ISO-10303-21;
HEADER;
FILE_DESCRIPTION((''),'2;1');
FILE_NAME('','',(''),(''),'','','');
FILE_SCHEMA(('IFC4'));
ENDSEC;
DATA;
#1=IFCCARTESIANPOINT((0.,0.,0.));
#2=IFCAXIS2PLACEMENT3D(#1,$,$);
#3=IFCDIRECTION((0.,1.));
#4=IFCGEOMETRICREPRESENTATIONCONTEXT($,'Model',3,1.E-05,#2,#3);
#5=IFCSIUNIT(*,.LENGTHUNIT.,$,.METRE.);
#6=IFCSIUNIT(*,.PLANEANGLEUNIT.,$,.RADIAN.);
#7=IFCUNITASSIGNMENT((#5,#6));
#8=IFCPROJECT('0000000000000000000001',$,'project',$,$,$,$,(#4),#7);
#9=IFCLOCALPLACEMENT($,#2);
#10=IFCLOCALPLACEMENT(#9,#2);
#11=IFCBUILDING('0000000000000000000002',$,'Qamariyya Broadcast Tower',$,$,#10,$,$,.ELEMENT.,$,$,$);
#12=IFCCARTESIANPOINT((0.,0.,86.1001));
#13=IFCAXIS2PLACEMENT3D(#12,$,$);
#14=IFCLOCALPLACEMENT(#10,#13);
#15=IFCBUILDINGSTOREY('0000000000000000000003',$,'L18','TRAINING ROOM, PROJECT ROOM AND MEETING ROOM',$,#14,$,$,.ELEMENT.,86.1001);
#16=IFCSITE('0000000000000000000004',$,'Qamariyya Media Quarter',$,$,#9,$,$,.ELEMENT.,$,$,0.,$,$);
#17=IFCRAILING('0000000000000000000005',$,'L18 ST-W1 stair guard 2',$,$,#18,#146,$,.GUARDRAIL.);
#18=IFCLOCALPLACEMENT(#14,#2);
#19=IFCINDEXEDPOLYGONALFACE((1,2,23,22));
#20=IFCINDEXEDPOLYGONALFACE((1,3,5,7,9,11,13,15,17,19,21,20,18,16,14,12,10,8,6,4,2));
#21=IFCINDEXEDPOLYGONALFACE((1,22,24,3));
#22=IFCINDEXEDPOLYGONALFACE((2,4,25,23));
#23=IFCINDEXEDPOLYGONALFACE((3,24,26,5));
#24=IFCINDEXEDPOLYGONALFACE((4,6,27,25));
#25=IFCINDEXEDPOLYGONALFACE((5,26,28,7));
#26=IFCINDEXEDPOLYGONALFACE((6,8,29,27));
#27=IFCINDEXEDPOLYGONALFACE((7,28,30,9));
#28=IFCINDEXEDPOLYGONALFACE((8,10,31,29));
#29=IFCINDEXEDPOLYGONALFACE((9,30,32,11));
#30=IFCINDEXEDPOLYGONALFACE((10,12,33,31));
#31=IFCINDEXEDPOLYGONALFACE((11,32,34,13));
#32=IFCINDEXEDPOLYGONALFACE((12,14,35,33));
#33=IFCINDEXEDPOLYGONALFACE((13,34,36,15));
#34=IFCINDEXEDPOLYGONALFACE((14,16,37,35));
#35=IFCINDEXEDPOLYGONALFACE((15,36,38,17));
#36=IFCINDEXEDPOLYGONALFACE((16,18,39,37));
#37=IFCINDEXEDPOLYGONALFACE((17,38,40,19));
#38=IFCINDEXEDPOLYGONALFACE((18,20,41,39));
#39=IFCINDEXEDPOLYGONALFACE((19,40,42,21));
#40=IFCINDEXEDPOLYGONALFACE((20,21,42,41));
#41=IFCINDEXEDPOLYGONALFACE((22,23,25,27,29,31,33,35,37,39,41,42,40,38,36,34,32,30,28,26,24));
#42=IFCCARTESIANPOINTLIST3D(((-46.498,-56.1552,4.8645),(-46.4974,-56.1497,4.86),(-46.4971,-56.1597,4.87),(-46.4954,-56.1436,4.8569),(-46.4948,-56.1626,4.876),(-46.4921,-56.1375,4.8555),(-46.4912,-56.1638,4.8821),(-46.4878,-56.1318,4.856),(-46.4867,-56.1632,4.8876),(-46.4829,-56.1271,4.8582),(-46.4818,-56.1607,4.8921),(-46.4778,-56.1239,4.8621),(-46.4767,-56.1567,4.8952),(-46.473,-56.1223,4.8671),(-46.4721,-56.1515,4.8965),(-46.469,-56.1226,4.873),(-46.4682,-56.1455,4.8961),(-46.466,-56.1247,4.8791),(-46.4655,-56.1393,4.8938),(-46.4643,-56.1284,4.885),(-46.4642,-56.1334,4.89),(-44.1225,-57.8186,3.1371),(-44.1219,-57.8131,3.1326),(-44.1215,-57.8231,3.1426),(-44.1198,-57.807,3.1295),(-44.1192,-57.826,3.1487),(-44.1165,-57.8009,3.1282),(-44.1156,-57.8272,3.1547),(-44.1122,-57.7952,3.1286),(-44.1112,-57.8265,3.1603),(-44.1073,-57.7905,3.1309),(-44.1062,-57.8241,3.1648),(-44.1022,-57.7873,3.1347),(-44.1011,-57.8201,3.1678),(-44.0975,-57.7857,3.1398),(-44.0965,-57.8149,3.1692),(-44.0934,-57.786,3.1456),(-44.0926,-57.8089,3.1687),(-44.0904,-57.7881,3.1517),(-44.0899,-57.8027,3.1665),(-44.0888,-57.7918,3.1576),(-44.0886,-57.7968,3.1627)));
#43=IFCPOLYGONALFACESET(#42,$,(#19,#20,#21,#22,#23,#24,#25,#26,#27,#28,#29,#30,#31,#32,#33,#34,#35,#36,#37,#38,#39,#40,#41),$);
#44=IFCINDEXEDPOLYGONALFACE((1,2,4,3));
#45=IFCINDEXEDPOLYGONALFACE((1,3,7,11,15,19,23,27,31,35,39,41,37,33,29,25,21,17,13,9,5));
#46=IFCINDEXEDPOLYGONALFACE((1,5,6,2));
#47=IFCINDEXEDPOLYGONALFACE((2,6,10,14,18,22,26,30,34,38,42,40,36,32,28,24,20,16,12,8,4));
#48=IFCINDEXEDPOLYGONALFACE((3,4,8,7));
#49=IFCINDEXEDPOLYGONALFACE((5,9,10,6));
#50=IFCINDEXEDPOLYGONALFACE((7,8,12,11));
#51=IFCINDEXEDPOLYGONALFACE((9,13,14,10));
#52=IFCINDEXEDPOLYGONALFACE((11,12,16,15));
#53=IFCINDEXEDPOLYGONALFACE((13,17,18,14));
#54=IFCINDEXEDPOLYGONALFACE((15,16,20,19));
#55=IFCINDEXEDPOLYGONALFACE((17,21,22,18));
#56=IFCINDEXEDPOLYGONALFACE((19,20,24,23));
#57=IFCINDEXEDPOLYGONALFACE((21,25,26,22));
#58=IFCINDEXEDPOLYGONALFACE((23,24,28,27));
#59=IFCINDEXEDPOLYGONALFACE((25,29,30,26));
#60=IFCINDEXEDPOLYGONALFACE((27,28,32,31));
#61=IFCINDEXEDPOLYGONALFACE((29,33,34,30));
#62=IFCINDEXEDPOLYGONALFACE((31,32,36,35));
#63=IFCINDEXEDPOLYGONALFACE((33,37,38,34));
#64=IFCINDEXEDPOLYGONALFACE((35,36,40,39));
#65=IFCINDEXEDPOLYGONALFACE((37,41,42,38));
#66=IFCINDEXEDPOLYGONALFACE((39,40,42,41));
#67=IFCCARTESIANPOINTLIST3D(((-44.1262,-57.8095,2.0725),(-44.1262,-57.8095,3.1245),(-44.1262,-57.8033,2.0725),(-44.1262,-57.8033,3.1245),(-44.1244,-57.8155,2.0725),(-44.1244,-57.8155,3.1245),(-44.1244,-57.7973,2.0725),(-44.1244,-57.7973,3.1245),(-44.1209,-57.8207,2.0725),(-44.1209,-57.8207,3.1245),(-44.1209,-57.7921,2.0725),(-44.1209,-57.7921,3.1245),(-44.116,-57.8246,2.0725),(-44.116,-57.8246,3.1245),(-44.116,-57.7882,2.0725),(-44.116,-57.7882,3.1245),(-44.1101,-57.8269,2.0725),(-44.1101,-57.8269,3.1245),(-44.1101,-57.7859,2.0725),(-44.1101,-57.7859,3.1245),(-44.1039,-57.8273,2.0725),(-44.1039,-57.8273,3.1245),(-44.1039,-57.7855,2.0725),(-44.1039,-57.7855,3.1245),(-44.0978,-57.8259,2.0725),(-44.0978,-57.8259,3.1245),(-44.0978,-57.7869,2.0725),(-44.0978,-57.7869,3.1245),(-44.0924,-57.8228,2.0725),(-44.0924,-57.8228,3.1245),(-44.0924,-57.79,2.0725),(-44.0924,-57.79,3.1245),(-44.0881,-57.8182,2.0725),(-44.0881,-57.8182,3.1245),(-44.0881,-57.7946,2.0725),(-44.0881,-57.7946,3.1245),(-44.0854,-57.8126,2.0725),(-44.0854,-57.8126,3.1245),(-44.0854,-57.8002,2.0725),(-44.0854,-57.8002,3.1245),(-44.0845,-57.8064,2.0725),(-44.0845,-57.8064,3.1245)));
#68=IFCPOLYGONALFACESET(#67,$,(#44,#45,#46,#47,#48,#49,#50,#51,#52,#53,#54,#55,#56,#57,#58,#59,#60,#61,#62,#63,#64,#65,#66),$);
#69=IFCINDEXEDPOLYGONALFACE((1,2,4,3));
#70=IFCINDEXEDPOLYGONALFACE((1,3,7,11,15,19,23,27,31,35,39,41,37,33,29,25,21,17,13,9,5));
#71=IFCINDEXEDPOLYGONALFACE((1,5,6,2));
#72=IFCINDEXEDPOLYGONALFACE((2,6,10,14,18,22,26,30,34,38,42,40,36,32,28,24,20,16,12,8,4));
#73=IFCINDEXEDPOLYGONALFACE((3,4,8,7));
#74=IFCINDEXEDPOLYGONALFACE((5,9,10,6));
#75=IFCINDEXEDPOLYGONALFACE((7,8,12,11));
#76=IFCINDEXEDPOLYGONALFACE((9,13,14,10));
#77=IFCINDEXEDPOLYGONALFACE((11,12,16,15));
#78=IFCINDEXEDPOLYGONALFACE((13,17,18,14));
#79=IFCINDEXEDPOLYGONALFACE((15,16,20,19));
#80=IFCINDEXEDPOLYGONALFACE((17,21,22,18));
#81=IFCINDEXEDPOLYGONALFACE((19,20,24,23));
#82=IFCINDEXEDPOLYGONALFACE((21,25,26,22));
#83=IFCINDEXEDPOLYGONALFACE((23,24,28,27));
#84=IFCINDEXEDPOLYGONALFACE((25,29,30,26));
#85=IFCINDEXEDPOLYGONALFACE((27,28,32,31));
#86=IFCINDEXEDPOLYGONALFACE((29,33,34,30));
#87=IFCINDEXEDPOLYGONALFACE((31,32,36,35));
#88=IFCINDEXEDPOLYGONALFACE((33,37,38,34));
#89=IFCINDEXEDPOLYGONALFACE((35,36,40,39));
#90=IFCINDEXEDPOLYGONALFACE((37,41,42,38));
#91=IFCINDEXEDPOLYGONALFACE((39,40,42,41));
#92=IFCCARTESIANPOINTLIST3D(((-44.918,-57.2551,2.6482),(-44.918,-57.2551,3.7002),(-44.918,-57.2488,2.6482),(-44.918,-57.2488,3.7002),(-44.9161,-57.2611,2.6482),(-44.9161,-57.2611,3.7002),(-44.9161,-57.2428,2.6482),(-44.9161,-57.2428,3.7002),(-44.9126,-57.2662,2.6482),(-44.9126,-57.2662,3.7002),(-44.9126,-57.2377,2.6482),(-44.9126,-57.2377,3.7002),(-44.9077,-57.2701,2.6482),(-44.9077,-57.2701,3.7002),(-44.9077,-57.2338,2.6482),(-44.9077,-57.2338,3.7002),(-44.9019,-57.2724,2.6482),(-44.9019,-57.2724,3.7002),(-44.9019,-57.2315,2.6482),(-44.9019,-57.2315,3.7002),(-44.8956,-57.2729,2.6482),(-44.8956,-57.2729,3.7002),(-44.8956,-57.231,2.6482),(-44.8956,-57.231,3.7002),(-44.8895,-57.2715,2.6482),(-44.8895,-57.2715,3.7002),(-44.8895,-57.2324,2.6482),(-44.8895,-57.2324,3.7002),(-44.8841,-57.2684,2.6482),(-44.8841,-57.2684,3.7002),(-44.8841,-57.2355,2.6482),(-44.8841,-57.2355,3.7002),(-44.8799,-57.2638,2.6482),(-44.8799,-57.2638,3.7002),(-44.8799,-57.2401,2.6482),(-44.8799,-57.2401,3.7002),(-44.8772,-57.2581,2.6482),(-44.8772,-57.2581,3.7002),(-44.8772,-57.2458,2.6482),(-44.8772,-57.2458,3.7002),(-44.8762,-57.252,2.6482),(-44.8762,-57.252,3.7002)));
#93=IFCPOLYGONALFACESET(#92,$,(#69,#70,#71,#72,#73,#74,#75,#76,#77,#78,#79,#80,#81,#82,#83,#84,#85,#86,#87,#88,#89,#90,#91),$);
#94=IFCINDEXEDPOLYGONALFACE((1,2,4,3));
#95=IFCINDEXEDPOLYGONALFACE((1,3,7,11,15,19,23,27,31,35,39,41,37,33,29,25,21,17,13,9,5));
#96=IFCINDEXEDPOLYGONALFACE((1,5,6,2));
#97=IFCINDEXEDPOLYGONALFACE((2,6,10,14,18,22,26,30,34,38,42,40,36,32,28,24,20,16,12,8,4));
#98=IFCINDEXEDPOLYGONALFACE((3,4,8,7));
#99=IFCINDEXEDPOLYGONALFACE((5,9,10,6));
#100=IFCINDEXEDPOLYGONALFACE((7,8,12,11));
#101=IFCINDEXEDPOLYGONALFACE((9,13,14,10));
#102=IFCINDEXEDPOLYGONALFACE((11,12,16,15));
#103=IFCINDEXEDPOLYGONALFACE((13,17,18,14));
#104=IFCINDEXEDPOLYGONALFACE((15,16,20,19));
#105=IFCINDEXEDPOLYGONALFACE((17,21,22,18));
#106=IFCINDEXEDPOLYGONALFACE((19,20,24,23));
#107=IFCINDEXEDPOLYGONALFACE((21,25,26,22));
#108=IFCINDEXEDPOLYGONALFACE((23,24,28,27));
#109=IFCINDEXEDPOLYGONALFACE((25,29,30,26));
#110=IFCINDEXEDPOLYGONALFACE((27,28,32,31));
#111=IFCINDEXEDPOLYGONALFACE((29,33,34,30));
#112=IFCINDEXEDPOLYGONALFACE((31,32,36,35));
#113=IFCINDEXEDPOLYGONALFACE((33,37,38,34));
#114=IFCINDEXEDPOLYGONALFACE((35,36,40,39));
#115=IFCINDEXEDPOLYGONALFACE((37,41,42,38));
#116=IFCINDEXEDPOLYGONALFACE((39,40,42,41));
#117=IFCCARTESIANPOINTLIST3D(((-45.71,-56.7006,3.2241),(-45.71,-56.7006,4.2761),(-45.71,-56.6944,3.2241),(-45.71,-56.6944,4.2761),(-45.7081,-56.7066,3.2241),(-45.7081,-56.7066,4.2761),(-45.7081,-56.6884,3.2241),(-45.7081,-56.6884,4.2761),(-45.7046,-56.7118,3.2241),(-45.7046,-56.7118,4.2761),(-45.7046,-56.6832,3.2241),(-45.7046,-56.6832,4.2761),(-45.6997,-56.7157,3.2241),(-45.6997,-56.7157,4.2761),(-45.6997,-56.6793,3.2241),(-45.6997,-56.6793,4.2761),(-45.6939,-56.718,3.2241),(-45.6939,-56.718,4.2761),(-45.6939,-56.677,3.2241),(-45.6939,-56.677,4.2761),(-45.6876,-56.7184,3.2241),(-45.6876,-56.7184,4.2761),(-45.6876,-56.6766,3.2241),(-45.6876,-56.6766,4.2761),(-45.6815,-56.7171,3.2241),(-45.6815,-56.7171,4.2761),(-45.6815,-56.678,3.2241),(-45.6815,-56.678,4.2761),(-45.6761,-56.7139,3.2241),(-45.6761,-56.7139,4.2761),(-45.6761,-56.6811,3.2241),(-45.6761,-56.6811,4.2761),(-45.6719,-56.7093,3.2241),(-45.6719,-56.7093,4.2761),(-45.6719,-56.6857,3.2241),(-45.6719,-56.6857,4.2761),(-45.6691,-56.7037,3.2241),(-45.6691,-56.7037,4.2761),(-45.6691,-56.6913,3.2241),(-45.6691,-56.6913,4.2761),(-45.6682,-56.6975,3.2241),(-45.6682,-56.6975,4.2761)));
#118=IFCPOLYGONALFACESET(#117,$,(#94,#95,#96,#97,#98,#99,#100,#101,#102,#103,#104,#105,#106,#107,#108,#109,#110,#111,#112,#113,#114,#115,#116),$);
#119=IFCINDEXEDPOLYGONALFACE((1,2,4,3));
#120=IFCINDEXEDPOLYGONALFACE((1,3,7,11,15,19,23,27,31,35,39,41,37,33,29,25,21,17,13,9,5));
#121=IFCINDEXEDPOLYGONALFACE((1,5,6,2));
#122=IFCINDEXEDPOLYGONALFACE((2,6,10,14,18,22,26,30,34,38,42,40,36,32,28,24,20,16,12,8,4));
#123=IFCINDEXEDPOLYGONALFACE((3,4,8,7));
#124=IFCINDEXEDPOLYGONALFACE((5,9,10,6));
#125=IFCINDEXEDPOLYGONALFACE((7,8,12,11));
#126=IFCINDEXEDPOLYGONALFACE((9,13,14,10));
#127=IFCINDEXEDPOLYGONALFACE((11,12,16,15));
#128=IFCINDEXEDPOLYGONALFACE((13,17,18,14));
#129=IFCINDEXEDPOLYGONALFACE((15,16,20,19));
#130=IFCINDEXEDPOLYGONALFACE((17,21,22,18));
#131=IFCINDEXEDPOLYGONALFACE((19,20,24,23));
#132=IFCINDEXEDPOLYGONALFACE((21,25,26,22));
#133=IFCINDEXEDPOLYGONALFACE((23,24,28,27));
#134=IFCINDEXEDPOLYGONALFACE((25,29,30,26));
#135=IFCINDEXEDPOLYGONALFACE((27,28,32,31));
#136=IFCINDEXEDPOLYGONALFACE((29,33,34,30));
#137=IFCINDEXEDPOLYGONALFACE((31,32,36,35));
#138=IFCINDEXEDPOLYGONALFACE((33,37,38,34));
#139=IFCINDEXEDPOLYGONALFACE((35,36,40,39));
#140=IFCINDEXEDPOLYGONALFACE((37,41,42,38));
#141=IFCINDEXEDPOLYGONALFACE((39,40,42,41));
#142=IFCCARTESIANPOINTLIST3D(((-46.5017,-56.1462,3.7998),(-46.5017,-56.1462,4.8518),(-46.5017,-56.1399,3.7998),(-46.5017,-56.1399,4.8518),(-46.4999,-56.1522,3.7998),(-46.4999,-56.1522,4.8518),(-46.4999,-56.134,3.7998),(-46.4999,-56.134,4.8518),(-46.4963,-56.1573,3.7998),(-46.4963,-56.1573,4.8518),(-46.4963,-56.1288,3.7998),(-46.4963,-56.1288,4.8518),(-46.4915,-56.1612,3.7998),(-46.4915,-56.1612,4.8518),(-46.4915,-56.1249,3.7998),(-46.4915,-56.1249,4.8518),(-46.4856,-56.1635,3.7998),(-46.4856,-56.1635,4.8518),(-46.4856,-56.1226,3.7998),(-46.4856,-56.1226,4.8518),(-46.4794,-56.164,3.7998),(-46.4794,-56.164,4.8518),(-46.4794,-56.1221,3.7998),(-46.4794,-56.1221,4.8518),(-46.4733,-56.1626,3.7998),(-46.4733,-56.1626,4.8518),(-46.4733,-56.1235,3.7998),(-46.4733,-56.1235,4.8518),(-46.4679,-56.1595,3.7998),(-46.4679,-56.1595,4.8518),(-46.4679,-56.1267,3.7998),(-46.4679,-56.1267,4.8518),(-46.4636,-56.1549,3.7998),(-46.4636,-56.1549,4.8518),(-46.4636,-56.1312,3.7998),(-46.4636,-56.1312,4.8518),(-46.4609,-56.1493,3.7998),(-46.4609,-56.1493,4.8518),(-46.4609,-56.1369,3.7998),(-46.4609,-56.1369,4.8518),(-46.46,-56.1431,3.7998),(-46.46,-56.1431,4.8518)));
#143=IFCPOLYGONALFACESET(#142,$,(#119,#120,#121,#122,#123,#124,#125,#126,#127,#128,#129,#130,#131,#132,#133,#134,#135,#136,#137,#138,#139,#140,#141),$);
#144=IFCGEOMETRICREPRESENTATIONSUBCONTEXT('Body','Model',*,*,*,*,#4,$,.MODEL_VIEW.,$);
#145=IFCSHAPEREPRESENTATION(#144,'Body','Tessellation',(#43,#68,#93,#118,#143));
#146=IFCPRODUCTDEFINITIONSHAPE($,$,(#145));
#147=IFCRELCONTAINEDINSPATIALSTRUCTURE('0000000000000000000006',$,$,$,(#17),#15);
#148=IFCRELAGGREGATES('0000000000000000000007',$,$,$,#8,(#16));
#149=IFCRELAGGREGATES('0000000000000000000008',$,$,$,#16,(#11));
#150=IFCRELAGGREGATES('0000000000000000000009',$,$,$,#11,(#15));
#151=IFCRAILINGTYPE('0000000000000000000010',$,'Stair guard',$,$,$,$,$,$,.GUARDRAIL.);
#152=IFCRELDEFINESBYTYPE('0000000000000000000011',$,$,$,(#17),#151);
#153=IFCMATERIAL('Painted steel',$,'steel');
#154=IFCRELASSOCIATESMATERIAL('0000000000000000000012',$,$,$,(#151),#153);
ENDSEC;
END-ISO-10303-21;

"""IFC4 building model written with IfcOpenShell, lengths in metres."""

from ifc_helpers import new_model, si_unit, direction, frame, origin, origin_2d, place, context, subcontext, project, spatial, circle, extrude, material, type_object, element, save


model = new_model("IFC4")

# Units and contexts
model_context = context("Model", 3, precision=1e-05, world=origin(), true_north=direction((0.0, 1.0)))
body_context = subcontext(model_context, "Body", "Model", "MODEL_VIEW")
ifc_project = project(units=[si_unit("LENGTHUNIT", "METRE"), si_unit("PLANEANGLEUNIT", "RADIAN")], contexts=[model_context])

# Site, building, storey
site_placement = place(None, origin())
site = spatial("IfcSite", under=ifc_project, at=site_placement, Name="Qamariyya Media Quarter", CompositionType="ELEMENT", RefElevation=0.0)
building_placement = place(site_placement, origin())
building = spatial("IfcBuilding", under=site, at=building_placement, Name="Qamariyya Broadcast Tower", CompositionType="ELEMENT")
storey_placement = place(building_placement, frame((0.0, 0.0, 86.1001)))
storey = spatial("IfcBuildingStorey", under=building, at=storey_placement, Name="L18", Description="TRAINING ROOM, PROJECT ROOM AND MEETING ROOM", CompositionType="ELEMENT", Elevation=86.1001)

# Railing
ifc_material_1 = material(Name="Painted steel", Category="steel")
railing_type_1 = type_object("IfcRailingType", Name="Stair guard", PredefinedType="GUARDRAIL", material=ifc_material_1)
railing_1_placement = place(storey_placement, frame((-44.1055, -57.8064, 2.0725)))
element("IfcRailing", 1, at=railing_1_placement, inside=storey, type_object=railing_type_1, Name="L18 ST-W1 stair guard 2", PredefinedType="GUARDRAIL", context=body_context, shape_type="SweptSolid", body=[
    extrude(circle(Radius=0.0239, at=origin_2d()), frame((0.0, 0.0, 1.0762), z_axis=(-0.70377, 0.492784, 0.511734), x_axis=(-0.573575, -0.819153, 0.0)), (0.0, 0.0, 1.0), 3.3755),
    extrude(circle(Radius=0.021, at=origin_2d()), origin(), (0.0, 0.0, 1.0), 1.052),
    extrude(circle(Radius=0.021, at=origin_2d()), frame((-0.7917, 0.5544, 0.5757)), (0.0, 0.0, 1.0), 1.052),
    extrude(circle(Radius=0.021, at=origin_2d()), frame((-1.5837, 1.1089, 1.1516)), (0.0, 0.0, 1.0), 1.052),
    extrude(circle(Radius=0.021, at=origin_2d()), frame((-2.3755, 1.6633, 1.7273)), (0.0, 0.0, 1.0), 1.052),
])

save(model, "model.ifc")
